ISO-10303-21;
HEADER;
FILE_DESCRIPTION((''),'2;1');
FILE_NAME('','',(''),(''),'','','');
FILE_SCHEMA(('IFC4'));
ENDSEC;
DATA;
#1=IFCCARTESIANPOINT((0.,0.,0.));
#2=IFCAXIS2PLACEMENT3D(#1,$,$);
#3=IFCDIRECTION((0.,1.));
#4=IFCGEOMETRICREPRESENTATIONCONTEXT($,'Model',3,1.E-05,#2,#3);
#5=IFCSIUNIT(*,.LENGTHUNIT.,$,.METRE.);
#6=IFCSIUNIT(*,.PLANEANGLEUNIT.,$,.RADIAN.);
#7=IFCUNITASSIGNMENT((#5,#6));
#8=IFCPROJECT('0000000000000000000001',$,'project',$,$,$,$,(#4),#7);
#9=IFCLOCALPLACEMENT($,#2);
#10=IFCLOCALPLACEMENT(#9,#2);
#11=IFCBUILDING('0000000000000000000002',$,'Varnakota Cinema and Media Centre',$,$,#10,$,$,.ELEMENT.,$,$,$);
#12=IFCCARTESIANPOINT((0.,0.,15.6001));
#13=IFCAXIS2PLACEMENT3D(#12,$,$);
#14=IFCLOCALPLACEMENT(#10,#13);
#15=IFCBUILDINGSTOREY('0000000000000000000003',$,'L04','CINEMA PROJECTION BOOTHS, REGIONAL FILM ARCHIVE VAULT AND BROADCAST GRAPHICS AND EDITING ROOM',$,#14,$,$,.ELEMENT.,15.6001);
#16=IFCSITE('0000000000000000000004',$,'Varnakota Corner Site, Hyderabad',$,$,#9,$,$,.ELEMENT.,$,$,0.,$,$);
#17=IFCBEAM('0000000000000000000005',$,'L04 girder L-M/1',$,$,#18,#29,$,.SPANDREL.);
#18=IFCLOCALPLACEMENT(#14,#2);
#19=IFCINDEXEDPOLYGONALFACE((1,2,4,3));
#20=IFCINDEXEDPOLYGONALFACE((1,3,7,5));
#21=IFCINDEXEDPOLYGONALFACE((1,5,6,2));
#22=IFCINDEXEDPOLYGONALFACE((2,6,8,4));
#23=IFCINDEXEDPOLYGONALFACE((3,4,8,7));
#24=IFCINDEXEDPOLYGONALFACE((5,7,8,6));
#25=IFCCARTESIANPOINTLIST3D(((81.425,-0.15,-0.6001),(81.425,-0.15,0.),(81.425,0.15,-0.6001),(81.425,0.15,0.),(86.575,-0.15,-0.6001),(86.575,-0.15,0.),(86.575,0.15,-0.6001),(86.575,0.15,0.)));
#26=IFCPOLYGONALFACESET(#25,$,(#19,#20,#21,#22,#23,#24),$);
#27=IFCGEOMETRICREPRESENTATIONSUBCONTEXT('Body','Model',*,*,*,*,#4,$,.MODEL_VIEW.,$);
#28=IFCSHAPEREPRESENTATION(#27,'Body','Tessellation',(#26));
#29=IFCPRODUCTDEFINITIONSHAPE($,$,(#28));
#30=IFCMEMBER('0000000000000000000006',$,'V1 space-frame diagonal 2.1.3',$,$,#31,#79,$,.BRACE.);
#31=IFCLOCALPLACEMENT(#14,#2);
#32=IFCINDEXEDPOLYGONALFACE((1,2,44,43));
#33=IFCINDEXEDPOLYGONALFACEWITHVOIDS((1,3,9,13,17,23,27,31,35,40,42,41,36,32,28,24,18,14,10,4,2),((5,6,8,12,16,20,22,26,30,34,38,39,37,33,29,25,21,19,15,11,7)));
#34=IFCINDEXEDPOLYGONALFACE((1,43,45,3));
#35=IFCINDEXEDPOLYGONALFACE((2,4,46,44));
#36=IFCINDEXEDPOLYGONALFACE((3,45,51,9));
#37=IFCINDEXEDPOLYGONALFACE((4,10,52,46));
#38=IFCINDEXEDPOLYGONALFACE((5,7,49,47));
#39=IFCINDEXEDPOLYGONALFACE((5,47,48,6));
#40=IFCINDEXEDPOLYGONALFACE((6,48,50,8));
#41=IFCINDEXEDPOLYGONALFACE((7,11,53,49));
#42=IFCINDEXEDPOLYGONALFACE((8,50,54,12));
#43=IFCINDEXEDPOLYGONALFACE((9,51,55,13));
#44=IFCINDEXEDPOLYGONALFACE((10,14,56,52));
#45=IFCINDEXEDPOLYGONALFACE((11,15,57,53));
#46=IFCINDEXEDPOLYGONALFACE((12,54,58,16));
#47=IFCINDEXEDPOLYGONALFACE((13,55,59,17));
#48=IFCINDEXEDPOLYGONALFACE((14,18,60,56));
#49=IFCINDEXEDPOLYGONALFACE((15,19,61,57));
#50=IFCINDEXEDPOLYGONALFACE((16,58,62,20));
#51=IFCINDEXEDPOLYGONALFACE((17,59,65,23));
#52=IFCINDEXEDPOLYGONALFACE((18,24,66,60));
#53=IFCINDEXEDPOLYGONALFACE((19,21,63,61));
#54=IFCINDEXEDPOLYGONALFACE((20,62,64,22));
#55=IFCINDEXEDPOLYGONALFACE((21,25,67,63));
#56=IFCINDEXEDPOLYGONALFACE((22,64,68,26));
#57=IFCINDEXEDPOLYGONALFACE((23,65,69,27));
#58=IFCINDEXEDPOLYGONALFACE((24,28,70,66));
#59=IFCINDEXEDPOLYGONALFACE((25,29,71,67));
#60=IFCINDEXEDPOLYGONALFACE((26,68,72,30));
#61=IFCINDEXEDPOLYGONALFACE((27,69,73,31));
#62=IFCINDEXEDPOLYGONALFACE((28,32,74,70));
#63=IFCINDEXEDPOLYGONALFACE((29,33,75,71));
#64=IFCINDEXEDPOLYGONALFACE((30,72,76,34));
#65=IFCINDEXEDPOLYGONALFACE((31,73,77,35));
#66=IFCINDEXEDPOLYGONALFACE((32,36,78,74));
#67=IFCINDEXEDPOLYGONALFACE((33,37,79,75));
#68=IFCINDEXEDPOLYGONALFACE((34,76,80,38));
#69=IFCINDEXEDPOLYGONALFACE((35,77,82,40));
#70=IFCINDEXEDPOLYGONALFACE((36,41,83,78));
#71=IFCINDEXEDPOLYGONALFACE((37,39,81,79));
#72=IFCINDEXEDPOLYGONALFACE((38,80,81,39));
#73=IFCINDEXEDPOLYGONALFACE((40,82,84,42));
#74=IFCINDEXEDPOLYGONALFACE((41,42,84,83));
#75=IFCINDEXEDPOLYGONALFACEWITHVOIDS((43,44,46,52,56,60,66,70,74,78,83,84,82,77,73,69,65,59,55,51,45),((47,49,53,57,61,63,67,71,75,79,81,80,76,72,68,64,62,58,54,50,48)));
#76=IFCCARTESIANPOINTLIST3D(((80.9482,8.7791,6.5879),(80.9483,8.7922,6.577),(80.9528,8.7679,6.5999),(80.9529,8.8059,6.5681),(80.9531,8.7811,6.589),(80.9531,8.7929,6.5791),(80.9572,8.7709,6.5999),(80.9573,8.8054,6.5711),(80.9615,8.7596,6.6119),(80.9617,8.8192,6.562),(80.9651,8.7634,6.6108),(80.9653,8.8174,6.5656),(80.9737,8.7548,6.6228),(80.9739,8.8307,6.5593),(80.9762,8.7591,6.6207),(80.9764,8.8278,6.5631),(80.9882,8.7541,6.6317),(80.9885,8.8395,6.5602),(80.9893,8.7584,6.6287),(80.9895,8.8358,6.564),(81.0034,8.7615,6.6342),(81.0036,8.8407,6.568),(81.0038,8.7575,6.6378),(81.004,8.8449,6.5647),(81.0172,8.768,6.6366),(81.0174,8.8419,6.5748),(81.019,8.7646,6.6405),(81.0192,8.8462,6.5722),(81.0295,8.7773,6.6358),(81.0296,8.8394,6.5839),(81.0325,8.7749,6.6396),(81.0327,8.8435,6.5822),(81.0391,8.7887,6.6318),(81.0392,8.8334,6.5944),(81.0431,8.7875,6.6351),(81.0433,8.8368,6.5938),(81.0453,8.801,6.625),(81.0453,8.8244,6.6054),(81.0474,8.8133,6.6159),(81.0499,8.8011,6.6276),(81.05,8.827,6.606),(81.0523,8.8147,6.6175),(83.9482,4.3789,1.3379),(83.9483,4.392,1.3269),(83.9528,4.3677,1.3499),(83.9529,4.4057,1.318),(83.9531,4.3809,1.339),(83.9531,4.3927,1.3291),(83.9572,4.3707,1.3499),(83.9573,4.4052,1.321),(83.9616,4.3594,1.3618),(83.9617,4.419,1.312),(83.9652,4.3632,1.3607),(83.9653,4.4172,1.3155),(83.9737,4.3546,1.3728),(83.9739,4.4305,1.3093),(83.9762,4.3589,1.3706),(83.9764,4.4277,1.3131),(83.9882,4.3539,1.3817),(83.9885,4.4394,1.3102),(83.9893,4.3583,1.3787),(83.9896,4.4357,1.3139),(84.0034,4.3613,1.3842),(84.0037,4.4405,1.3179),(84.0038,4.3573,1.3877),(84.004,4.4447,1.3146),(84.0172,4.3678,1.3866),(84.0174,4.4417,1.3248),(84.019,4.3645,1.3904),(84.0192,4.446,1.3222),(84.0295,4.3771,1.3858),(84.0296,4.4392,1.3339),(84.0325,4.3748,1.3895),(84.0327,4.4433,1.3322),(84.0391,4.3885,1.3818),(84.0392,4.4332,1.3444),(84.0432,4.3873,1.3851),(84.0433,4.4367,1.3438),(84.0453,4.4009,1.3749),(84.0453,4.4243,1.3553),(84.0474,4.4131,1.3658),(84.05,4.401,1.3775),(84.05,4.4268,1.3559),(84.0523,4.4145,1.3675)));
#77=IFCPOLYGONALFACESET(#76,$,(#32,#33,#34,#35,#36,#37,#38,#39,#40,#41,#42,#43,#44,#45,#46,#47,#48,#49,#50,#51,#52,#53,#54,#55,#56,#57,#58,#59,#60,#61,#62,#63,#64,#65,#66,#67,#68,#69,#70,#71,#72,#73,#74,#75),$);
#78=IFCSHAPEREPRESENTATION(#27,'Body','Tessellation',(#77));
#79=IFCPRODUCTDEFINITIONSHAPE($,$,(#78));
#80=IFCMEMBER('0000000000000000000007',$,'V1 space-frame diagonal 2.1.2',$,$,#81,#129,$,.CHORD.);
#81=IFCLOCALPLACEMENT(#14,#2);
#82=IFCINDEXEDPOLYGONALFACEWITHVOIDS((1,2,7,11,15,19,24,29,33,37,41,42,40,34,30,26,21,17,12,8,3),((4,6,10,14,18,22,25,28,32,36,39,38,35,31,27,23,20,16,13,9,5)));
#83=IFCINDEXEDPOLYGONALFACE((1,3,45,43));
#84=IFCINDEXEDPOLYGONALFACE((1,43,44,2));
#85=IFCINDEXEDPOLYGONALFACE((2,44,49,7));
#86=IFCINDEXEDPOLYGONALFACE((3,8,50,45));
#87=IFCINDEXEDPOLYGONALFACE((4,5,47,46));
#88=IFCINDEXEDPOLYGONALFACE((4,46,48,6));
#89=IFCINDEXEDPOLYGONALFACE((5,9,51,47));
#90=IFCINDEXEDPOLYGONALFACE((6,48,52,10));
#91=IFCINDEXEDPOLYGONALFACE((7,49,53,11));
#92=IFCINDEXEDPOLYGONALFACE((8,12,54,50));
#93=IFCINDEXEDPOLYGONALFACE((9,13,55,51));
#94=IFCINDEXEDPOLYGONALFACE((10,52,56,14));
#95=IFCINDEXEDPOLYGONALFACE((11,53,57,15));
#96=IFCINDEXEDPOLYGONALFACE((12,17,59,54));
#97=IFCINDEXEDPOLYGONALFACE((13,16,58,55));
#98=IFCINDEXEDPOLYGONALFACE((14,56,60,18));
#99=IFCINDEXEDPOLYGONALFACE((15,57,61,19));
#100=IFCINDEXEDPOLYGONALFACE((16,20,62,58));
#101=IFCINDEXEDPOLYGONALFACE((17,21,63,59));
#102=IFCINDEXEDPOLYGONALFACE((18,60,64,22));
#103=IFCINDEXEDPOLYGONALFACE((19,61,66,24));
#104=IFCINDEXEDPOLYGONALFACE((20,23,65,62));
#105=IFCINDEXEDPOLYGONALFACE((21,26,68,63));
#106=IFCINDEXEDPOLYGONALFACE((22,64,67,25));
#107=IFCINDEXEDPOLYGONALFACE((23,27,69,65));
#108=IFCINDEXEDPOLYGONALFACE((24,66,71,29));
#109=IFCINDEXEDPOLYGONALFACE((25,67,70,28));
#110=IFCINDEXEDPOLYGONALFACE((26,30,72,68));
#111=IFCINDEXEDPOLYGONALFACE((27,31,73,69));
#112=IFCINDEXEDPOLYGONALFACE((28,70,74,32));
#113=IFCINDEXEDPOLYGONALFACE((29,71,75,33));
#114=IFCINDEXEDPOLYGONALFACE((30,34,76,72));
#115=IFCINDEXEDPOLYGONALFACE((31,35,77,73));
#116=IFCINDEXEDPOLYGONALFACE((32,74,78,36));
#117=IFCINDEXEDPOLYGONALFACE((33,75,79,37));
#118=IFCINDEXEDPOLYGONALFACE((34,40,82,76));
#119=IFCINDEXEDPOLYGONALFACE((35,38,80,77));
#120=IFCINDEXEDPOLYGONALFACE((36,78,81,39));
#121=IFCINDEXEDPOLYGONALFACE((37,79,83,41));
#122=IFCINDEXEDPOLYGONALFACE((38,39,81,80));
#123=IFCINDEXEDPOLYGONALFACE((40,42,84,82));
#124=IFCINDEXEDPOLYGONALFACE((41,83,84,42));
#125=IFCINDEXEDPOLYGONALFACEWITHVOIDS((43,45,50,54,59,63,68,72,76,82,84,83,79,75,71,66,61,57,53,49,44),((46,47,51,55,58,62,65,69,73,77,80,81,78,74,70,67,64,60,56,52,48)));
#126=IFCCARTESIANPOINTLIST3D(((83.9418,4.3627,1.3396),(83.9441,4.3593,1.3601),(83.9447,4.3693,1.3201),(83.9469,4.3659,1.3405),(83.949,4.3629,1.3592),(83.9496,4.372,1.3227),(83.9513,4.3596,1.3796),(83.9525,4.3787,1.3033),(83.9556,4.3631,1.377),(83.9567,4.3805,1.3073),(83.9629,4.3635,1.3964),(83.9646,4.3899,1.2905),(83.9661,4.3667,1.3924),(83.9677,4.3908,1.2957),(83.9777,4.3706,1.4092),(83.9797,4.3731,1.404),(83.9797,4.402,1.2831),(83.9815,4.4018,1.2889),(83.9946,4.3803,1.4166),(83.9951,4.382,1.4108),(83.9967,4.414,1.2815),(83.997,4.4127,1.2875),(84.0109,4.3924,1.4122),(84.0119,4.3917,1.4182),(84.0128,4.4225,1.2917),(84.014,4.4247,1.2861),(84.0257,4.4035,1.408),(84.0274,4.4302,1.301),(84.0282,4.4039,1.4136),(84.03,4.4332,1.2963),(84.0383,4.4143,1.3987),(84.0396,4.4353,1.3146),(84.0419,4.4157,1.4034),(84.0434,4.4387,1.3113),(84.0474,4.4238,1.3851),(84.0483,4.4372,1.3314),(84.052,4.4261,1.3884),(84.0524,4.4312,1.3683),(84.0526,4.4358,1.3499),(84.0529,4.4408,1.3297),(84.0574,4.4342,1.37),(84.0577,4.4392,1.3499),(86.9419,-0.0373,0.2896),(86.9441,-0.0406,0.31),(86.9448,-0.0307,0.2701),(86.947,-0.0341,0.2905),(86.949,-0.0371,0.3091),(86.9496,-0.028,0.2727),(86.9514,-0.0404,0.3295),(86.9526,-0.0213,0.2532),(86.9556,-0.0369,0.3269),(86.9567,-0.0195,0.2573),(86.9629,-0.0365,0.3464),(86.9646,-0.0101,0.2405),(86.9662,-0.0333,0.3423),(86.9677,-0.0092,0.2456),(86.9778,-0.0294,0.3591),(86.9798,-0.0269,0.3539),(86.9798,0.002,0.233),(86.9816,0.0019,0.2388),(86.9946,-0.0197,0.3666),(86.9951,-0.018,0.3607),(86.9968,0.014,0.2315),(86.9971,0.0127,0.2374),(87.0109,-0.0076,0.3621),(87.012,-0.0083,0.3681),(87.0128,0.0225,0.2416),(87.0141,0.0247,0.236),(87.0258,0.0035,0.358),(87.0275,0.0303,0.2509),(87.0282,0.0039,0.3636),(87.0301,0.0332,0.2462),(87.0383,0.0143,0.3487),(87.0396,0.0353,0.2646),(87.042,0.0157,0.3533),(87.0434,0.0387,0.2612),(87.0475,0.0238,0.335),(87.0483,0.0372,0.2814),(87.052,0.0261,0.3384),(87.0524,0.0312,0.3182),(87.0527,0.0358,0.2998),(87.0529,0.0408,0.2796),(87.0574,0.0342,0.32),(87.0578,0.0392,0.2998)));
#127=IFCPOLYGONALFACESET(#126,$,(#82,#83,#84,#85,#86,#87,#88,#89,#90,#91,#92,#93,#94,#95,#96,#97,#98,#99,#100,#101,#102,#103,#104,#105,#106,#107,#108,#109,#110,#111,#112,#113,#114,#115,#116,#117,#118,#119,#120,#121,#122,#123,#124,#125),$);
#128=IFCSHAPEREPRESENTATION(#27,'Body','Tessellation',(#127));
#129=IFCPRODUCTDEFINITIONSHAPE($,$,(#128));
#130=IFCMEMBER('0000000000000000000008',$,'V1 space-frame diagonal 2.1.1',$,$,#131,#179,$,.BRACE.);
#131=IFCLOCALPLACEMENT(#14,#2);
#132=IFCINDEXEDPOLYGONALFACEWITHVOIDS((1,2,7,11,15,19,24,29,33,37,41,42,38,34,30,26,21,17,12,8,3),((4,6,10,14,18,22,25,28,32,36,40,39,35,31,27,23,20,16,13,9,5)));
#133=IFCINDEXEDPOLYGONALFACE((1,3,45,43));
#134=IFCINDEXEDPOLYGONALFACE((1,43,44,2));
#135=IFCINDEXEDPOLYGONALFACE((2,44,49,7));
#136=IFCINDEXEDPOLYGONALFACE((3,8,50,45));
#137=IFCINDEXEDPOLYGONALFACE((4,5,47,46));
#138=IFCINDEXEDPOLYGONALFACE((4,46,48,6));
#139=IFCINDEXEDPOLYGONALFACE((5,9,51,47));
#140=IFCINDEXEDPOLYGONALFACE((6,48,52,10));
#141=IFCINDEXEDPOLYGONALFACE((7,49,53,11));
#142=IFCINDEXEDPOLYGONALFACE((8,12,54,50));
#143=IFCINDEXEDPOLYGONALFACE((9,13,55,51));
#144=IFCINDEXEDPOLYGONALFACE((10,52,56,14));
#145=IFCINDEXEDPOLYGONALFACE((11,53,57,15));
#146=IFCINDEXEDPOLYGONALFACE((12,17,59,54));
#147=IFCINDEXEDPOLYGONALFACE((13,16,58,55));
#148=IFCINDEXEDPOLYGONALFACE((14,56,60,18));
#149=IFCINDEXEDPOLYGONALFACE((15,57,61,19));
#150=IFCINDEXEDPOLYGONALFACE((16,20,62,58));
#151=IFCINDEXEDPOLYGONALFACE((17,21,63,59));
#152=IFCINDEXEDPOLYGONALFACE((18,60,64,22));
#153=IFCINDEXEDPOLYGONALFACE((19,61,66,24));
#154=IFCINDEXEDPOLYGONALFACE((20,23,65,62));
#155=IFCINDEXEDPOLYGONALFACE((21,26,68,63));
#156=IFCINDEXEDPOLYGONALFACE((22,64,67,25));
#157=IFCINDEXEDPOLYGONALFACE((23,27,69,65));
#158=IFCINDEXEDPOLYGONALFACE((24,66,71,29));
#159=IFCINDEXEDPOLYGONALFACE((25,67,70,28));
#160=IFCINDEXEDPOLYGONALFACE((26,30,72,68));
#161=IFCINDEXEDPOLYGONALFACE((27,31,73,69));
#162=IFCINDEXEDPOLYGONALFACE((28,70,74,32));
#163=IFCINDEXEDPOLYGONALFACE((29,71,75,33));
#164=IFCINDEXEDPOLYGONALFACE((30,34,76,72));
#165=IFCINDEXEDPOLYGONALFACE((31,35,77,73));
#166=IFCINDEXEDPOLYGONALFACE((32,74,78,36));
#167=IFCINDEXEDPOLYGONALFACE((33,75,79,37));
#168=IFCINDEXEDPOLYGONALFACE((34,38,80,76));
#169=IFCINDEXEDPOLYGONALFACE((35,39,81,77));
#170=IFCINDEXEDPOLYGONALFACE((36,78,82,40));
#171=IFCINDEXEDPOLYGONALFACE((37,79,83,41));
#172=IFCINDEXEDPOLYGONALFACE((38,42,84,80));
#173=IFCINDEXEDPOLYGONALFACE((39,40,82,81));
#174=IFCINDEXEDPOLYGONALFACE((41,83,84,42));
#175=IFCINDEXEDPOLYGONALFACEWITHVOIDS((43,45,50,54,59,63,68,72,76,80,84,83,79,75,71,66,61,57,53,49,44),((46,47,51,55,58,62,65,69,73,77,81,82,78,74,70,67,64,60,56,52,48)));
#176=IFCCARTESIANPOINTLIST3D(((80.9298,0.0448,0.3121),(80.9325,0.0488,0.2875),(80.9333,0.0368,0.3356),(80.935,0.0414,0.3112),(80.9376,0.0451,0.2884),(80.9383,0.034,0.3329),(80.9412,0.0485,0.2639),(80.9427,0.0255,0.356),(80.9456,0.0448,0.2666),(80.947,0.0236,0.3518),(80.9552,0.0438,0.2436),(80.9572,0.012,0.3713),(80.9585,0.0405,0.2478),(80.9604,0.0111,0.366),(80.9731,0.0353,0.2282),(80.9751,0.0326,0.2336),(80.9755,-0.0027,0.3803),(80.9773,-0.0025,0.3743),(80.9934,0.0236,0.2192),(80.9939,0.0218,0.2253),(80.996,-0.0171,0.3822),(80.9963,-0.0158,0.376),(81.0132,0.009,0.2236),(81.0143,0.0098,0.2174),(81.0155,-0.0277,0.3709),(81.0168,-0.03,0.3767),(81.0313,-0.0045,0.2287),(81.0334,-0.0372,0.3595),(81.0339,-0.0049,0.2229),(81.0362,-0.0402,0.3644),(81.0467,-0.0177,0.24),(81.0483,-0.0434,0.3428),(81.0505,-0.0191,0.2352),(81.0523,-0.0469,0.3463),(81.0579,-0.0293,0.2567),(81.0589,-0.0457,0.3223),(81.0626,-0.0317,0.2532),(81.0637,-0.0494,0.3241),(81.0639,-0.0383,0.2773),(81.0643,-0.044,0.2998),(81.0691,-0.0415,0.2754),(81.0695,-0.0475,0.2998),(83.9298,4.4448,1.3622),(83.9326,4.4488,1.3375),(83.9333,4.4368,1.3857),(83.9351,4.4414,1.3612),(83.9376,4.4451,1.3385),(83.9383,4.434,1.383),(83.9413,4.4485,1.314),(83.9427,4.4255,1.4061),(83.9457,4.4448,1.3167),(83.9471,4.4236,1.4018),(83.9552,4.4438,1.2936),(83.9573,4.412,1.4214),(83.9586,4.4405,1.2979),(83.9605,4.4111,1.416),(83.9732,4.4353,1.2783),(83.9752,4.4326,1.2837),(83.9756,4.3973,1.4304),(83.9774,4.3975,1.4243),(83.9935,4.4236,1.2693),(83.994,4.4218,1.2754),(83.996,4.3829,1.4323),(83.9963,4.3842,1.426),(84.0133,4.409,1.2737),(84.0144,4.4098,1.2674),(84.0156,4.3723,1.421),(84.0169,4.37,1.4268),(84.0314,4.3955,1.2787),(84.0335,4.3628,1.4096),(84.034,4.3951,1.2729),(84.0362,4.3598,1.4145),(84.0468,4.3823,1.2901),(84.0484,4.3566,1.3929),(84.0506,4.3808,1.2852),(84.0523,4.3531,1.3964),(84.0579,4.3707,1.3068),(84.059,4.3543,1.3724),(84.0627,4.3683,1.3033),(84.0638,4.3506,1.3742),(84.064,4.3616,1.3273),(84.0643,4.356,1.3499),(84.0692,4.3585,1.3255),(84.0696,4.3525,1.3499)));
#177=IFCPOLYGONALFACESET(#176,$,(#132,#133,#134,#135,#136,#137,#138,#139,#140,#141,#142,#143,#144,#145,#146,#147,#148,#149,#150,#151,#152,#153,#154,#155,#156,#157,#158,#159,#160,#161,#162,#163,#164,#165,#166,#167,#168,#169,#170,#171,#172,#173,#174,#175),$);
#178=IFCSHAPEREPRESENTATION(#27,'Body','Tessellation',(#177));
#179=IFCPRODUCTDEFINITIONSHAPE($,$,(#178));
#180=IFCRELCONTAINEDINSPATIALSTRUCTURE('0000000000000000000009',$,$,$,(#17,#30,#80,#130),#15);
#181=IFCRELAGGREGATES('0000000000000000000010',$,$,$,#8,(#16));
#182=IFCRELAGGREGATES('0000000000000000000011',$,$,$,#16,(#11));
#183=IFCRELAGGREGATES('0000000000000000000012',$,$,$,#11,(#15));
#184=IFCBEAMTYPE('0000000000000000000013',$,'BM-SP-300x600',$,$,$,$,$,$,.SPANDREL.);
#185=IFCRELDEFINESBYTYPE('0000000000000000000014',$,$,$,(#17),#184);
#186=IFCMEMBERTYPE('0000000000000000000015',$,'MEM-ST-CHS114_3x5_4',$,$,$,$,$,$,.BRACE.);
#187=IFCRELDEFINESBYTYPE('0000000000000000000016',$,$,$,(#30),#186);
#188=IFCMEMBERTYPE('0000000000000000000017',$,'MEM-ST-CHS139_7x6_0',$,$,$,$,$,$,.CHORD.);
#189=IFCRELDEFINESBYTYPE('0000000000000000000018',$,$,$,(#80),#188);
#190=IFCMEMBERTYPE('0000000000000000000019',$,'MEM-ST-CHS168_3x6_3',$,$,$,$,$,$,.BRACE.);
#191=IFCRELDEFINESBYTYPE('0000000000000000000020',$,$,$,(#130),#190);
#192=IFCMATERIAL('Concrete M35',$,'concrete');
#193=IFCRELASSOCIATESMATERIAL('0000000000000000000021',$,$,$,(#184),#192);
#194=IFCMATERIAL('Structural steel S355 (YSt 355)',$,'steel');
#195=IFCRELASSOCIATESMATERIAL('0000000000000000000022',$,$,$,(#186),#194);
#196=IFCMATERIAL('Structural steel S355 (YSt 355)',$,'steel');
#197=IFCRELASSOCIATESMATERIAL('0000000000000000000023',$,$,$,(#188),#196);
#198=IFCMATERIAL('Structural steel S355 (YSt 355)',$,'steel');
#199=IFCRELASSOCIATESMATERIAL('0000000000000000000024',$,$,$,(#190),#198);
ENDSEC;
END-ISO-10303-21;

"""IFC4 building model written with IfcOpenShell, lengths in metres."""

from ifc_helpers import new_model, si_unit, direction, frame, origin, origin_2d, place, context, subcontext, project, spatial, rectangle, hollow_circle, extrude, material, material_profile, profile_set, type_object, element, save


model = new_model("IFC4")

# Units and contexts
model_context = context("Model", 3, precision=1e-05, world=origin(), true_north=direction((0.0, 1.0)))
body_context = subcontext(model_context, "Body", "Model", "MODEL_VIEW")
ifc_project = project(units=[si_unit("LENGTHUNIT", "METRE"), si_unit("PLANEANGLEUNIT", "RADIAN")], contexts=[model_context])

# Site, building, storey
site_placement = place(None, origin())
site = spatial("IfcSite", under=ifc_project, at=site_placement, Name="Varnakota Corner Site, Hyderabad", CompositionType="ELEMENT", RefElevation=0.0)
building_placement = place(site_placement, origin())
building = spatial("IfcBuilding", under=site, at=building_placement, Name="Varnakota Cinema and Media Centre", CompositionType="ELEMENT")
storey_placement = place(building_placement, frame((0.0, 0.0, 15.6001)))
storey = spatial("IfcBuildingStorey", under=building, at=storey_placement, Name="L04", Description="CINEMA PROJECTION BOOTHS, REGIONAL FILM ARCHIVE VAULT AND BROADCAST GRAPHICS AND EDITING ROOM", CompositionType="ELEMENT", Elevation=15.6001)

# Beam
ifc_material_1 = material(Name="Concrete M35", Category="concrete")
ifc_material_profile_1 = material_profile(ifc_material_1, rectangle(XDim=0.3, YDim=0.6001, at=origin_2d()), Name="RCB 300x600")
ifc_profile_set_1 = profile_set([ifc_material_profile_1], Name="Concrete M35")
beam_type = type_object("IfcBeamType", Name="BM-SP-300x600", PredefinedType="SPANDREL", material=ifc_profile_set_1)
beam_placement = place(storey_placement, frame((81.425, 0.0, -0.3), z_axis=(1.0, 0.0, 0.0), x_axis=(0.0, 1.0, 0.0)))
element("IfcBeam", 1, at=beam_placement, inside=storey, type_object=beam_type, Name="L04 girder L-M/1", PredefinedType="SPANDREL", context=body_context, shape_type="SweptSolid", body=[
    extrude(rectangle(XDim=0.3, YDim=0.6001, at=origin_2d()), origin(), (0.0, 0.0, 1.0), 5.1499),
])

# Members
ifc_material_2 = material(Name="Structural steel S355 (YSt 355)", Category="steel")
ifc_material_profile_2 = material_profile(ifc_material_2, hollow_circle(Radius=0.0571, WallThickness=0.0054, at=origin_2d()), Name="CHS 114.3x5.4")
ifc_profile_set_2 = profile_set([ifc_material_profile_2], Name="Structural steel S355 (YSt 355)")
member_type_1 = type_object("IfcMemberType", Name="MEM-ST-CHS114_3x5_4", PredefinedType="BRACE", material=ifc_profile_set_2)
member_1_placement = place(storey_placement, frame((84.0, 4.3999, 1.3499), z_axis=(-0.401165, 0.588395, 0.702039), x_axis=(-0.826236, -0.563324, 0.0)))
element("IfcMember", 2, at=member_1_placement, inside=storey, type_object=member_type_1, Name="V1 space-frame diagonal 2.1.3", PredefinedType="BRACE", context=body_context, shape_type="SweptSolid", body=[
    extrude(hollow_circle(Radius=0.0571, WallThickness=0.0054, at=origin_2d()), origin(), (0.0, 0.0, 1.0), 7.4783),
])
ifc_material_3 = material(Name="Structural steel S355 (YSt 355)", Category="steel")
ifc_material_profile_3 = material_profile(ifc_material_3, hollow_circle(Radius=0.0698, WallThickness=0.0061, at=origin_2d()), Name="CHS 139.7x6.0")
ifc_profile_set_3 = profile_set([ifc_material_profile_3], Name="Structural steel S355 (YSt 355)")
member_type_2 = type_object("IfcMemberType", Name="MEM-ST-CHS139_7x6_0", PredefinedType="CHORD", material=ifc_profile_set_3)
member_2_placement = place(storey_placement, frame((84.0, 4.3999, 1.3499), z_axis=(0.552703, -0.810613, -0.193455), x_axis=(0.826222, 0.563345, 0.0)))
element("IfcMember", 3, at=member_2_placement, inside=storey, type_object=member_type_2, Name="V1 space-frame diagonal 2.1.2", PredefinedType="CHORD", context=body_context, shape_type="SweptSolid", body=[
    extrude(hollow_circle(Radius=0.0698, WallThickness=0.0061, at=origin_2d()), origin(), (0.0, 0.0, 1.0), 5.428),
])
ifc_material_4 = material(Name="Structural steel S355 (YSt 355)", Category="steel")
ifc_material_profile_4 = material_profile(ifc_material_4, hollow_circle(Radius=0.0842, WallThickness=0.0063, at=origin_2d()), Name="CHS 168.3x6.3")
ifc_profile_set_4 = profile_set([ifc_material_profile_4], Name="Structural steel S355 (YSt 355)")
member_type_3 = type_object("IfcMemberType", Name="MEM-ST-CHS168_3x6_3", PredefinedType="BRACE", material=ifc_profile_set_4)
member_3_placement = place(storey_placement, frame((84.0, 4.3999, 1.3499), z_axis=(-0.552703, -0.810613, -0.193455), x_axis=(0.826222, -0.563345, 0.0)))
element("IfcMember", 4, at=member_3_placement, inside=storey, type_object=member_type_3, Name="V1 space-frame diagonal 2.1.1", PredefinedType="BRACE", context=body_context, shape_type="SweptSolid", body=[
    extrude(hollow_circle(Radius=0.0842, WallThickness=0.0063, at=origin_2d()), origin(), (0.0, 0.0, 1.0), 5.428),
])

save(model, "model.ifc")
